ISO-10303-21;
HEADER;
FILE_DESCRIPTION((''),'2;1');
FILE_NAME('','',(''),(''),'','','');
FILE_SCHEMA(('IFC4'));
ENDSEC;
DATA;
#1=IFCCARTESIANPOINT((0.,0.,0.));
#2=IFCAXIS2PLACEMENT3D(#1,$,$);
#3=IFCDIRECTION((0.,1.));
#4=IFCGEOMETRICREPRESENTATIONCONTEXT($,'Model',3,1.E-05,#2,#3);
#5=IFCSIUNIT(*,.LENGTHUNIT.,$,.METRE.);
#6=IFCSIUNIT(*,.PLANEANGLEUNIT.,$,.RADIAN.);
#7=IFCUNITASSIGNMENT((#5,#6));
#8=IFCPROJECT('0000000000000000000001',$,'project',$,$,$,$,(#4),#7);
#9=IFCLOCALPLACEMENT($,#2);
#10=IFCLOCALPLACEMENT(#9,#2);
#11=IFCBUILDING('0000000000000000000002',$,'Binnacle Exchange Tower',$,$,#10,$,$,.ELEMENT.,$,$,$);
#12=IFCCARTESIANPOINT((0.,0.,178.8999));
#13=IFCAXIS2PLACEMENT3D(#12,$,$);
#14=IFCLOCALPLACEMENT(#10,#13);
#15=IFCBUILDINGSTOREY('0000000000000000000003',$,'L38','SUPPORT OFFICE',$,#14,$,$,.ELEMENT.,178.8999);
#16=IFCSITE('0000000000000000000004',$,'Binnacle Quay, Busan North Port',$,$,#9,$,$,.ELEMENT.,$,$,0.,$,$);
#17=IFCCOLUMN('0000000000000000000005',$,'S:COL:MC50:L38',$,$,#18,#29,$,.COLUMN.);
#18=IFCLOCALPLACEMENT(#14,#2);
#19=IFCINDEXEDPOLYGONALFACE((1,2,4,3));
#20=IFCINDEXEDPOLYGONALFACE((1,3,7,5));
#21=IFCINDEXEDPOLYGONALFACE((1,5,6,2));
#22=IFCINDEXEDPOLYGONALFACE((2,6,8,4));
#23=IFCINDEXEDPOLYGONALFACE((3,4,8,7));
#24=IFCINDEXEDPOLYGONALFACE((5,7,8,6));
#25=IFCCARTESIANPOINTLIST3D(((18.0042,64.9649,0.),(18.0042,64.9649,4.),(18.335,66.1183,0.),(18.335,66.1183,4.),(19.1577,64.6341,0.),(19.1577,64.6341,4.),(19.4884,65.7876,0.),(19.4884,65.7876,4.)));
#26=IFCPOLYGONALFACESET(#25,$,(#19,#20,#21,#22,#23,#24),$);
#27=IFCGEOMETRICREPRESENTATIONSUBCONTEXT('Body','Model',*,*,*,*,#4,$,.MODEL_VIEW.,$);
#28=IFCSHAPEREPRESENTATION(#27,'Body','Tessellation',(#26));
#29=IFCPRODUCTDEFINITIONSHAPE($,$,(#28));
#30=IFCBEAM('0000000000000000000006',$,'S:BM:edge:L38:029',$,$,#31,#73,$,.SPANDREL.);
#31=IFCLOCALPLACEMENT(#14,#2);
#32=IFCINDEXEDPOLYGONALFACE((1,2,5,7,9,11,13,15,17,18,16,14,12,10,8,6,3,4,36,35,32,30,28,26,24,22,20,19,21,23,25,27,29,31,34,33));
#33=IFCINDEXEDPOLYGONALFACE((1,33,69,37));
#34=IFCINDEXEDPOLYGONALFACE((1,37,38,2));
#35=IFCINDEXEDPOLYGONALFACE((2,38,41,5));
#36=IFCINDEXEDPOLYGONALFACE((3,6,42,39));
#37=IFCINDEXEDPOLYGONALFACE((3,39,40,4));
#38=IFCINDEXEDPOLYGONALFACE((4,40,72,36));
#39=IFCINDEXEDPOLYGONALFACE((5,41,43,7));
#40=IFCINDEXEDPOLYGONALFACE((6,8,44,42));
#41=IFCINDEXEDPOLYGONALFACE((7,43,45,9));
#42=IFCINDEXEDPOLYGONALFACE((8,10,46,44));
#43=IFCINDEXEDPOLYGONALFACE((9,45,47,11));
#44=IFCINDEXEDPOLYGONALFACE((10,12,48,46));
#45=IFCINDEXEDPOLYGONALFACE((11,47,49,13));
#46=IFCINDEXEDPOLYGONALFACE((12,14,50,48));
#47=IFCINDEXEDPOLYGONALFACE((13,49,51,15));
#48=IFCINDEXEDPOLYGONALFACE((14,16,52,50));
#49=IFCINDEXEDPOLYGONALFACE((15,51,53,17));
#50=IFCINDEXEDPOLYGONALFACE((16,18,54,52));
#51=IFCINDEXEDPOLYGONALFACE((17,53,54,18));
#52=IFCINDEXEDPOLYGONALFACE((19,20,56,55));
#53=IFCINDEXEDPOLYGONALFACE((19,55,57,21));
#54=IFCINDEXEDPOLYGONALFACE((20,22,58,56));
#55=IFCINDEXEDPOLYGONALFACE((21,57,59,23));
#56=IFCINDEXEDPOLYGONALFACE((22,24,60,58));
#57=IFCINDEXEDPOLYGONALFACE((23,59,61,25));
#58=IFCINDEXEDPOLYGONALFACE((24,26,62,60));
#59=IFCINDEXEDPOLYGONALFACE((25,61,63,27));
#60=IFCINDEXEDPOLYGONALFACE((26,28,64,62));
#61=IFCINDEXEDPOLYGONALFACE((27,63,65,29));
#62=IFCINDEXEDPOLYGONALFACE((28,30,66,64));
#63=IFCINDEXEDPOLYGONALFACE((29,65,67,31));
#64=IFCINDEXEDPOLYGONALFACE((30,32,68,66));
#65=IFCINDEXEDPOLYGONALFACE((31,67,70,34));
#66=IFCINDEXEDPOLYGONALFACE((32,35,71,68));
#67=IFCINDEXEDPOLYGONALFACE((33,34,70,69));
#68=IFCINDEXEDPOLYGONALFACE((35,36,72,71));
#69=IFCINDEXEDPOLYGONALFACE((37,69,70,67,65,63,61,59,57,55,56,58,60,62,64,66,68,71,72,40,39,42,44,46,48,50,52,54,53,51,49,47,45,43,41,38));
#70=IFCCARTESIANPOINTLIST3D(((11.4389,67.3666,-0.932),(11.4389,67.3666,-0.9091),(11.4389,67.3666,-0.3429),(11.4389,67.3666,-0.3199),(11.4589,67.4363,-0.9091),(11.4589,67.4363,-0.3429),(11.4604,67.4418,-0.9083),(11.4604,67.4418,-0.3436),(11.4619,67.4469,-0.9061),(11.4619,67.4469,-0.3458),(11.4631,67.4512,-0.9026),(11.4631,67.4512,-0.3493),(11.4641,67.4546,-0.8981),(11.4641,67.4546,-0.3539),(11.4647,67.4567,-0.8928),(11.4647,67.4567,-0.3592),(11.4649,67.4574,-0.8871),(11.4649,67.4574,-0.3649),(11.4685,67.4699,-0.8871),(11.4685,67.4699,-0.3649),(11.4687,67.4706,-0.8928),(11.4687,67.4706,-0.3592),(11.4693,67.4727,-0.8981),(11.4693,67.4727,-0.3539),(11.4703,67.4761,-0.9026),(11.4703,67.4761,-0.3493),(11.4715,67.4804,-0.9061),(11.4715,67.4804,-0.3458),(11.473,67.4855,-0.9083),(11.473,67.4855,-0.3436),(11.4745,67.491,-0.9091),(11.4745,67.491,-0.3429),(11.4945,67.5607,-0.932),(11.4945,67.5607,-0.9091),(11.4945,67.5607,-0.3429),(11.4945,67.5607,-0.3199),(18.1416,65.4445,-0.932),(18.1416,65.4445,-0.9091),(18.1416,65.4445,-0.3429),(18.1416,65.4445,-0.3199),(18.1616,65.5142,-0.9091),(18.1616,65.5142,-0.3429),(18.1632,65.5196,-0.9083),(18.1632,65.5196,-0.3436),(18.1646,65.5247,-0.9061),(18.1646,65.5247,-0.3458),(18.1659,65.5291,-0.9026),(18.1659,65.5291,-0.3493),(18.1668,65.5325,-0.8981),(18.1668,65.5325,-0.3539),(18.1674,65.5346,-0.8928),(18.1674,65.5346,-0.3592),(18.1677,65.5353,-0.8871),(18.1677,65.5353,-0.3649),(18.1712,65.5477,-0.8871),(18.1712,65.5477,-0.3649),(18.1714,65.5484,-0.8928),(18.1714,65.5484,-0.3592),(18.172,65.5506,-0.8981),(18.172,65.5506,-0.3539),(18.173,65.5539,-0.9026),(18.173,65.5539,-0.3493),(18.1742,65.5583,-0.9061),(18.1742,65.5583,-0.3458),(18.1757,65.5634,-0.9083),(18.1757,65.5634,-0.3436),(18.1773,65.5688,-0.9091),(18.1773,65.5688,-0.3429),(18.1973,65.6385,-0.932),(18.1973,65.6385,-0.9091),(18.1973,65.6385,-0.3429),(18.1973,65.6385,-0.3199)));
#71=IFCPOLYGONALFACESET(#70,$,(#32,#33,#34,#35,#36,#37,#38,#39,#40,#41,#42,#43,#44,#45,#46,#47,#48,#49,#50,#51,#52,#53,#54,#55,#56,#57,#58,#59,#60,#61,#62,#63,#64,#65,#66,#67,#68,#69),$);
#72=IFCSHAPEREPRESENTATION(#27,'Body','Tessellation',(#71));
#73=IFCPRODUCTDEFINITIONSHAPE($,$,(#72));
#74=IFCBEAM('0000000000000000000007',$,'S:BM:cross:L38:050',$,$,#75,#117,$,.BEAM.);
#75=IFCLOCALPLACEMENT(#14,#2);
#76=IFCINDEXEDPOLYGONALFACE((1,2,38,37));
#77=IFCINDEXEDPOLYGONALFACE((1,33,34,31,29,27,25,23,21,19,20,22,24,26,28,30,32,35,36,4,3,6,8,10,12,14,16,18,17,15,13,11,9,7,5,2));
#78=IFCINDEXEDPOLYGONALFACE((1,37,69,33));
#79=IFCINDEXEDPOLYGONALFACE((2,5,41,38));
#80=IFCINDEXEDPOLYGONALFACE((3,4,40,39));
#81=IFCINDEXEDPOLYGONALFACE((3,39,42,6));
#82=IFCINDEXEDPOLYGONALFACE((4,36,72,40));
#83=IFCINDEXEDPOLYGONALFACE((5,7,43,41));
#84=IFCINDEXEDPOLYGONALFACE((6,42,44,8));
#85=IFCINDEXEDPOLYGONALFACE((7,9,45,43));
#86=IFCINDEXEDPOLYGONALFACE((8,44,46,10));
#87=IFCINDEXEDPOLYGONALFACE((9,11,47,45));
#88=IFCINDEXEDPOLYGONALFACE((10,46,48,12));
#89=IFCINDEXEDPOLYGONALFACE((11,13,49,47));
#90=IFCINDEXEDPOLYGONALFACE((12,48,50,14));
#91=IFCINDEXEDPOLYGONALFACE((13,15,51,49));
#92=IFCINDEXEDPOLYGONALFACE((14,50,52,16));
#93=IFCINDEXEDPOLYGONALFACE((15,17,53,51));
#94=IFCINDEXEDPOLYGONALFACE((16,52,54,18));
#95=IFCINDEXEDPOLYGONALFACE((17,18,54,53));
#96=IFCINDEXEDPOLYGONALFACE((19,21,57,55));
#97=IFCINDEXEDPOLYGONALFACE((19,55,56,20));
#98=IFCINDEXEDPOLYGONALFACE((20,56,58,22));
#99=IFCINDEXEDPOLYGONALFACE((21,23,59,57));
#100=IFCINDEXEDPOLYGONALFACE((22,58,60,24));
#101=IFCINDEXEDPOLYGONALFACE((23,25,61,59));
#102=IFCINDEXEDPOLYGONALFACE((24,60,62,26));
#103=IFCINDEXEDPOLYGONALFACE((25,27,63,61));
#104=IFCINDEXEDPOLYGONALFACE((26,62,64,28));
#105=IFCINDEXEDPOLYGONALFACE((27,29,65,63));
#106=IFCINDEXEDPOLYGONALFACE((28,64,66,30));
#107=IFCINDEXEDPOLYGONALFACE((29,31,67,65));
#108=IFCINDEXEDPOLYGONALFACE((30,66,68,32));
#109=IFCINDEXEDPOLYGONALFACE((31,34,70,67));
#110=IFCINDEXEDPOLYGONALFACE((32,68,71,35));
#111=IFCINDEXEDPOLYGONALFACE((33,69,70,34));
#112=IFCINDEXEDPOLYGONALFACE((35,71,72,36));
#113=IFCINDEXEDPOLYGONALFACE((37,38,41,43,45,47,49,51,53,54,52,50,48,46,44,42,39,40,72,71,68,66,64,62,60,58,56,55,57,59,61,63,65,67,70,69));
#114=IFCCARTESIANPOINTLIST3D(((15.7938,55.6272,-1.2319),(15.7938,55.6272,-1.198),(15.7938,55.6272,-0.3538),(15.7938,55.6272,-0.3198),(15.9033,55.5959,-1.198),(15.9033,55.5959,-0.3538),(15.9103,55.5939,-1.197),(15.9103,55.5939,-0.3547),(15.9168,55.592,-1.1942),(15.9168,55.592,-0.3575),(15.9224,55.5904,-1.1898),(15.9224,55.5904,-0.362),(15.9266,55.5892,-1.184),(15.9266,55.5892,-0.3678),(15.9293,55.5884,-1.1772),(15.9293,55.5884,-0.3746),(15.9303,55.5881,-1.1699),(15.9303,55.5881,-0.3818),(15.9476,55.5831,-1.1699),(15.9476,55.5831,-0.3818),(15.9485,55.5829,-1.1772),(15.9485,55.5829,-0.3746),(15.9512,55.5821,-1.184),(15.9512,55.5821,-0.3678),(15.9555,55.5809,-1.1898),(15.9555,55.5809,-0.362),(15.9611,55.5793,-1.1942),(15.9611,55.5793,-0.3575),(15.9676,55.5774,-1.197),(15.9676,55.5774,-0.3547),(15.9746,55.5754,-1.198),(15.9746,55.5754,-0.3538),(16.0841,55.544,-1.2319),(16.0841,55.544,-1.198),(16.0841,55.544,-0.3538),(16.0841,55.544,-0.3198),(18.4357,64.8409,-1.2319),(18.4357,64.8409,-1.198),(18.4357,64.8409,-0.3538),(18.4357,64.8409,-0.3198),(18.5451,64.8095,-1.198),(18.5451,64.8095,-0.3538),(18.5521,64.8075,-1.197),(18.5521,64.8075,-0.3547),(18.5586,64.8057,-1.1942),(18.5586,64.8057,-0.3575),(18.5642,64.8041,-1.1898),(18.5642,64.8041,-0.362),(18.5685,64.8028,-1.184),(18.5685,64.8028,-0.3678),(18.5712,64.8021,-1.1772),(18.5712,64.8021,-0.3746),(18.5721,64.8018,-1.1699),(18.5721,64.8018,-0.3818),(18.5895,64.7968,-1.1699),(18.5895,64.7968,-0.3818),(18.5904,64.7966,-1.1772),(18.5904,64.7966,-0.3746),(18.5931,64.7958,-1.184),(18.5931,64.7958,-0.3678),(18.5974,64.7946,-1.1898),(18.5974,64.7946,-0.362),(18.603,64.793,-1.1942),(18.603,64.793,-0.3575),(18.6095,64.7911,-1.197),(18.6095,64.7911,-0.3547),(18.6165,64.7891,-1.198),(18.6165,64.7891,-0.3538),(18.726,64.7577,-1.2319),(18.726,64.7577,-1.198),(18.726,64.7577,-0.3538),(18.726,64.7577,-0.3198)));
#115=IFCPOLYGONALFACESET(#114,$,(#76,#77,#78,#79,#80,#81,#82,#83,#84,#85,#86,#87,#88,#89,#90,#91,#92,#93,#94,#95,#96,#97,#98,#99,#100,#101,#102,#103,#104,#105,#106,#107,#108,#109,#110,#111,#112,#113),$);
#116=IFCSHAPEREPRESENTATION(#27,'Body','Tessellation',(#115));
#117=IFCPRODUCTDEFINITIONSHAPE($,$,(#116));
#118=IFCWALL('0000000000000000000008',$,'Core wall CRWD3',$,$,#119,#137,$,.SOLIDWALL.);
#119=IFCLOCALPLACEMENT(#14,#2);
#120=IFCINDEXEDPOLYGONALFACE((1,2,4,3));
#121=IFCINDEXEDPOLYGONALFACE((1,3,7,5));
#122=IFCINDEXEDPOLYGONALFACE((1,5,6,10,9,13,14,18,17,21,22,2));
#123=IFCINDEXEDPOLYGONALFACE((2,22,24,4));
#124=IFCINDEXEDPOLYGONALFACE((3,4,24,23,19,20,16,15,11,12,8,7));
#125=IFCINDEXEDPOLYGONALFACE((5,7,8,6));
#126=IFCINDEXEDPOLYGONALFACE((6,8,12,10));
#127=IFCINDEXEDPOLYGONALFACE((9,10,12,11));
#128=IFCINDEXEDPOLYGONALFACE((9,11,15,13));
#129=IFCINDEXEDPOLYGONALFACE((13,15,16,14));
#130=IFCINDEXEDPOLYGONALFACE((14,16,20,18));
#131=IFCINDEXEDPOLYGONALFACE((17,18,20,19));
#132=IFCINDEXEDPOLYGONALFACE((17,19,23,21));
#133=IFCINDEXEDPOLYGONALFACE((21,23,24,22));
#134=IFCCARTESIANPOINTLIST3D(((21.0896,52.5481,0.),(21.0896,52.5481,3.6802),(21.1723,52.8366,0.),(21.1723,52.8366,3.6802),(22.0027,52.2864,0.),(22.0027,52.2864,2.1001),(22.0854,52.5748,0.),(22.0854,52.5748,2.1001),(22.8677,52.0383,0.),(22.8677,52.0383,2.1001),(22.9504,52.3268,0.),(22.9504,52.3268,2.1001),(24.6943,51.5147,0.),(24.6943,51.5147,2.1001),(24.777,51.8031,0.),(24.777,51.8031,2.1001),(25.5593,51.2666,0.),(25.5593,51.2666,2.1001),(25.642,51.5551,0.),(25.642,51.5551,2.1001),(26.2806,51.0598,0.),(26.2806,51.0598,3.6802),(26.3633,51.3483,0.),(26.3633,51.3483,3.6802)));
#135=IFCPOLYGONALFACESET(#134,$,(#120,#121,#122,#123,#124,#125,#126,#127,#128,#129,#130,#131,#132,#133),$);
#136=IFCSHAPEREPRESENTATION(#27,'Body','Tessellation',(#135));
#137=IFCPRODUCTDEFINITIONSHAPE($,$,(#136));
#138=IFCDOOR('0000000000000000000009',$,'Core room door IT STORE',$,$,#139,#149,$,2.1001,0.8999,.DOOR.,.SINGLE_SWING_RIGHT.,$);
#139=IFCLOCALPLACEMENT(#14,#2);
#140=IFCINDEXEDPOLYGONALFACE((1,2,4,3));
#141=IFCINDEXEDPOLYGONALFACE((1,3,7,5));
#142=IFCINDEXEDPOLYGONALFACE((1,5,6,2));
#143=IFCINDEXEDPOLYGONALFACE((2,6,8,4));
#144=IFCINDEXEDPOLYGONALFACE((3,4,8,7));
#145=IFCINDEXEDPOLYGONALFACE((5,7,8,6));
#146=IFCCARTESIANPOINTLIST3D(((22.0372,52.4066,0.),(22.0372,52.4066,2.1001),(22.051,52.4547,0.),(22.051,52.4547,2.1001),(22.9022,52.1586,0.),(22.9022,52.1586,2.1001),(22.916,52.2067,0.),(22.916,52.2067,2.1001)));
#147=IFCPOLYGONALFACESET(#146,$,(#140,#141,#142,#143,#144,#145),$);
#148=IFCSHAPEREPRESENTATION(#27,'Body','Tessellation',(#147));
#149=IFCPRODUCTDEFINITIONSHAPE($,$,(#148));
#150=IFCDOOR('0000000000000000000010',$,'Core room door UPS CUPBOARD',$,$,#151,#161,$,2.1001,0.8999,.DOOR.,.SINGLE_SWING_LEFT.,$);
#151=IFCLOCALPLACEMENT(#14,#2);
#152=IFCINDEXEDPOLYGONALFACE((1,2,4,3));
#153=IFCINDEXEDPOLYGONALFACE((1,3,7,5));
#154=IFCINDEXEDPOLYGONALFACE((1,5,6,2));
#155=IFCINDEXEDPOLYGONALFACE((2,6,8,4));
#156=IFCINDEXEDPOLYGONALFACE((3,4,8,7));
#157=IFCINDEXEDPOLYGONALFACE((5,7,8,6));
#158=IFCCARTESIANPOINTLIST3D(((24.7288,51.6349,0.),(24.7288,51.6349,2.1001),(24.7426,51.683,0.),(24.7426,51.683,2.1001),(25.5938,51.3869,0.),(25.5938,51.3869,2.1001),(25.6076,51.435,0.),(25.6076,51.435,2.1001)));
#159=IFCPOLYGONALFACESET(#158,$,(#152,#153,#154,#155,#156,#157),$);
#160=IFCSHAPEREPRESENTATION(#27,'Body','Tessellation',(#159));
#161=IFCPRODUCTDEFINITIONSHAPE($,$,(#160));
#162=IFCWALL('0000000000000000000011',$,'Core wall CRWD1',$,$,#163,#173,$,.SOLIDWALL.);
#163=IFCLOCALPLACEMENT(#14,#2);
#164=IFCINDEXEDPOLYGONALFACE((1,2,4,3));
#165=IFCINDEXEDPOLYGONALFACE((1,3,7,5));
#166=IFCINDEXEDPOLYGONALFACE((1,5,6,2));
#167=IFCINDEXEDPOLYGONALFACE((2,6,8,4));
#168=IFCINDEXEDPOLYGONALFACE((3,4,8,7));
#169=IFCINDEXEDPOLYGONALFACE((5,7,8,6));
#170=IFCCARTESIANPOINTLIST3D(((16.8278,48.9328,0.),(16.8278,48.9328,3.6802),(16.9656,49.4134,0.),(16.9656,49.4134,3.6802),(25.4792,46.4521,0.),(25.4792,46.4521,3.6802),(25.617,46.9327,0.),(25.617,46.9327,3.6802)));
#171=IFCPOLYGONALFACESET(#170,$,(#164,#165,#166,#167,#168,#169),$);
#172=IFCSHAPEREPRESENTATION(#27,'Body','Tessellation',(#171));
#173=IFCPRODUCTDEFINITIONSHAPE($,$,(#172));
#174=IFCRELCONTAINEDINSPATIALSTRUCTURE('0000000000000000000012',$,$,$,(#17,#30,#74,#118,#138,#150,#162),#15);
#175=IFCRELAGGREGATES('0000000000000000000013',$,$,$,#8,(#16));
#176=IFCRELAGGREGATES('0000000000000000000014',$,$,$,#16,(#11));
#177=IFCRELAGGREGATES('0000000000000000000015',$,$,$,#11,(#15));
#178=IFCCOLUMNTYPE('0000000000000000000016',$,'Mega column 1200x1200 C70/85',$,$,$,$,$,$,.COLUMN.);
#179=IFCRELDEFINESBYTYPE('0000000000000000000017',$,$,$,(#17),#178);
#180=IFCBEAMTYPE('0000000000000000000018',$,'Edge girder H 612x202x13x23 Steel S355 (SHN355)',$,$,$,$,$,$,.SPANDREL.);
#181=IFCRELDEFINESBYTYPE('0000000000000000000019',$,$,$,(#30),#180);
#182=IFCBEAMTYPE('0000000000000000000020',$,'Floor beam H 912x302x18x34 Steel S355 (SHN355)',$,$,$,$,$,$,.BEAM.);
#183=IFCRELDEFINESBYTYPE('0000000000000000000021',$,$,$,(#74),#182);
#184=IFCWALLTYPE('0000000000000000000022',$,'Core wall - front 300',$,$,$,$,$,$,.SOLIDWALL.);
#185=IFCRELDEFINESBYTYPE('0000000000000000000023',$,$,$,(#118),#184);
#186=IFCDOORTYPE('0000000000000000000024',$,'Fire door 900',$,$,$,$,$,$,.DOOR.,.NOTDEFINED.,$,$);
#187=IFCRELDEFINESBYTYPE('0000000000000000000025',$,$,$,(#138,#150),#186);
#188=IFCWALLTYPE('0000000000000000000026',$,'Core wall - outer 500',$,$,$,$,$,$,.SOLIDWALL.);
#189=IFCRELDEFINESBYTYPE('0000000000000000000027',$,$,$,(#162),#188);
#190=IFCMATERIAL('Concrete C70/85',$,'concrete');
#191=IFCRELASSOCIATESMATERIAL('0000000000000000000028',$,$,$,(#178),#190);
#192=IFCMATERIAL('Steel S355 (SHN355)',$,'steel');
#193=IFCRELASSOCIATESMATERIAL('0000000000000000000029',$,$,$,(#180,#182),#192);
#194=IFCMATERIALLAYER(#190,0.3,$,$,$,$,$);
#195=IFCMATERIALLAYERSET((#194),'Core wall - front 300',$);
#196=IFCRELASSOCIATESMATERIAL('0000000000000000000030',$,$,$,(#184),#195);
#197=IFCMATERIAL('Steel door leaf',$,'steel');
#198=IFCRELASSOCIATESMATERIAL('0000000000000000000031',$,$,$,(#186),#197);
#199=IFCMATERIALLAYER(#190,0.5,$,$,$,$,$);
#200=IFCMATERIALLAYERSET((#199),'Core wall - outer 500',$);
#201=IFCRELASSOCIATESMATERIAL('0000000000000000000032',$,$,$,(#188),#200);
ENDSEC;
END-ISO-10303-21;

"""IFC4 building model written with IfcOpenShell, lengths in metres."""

from ifc_helpers import new_model, si_unit, direction, frame, frame_2d, origin, origin_2d, place, context, subcontext, project, spatial, rectangle, i_section, extrude, material, layer, layer_set, material_profile, profile_set, type_object, element, fill, save


model = new_model("IFC4")

# Units and contexts
model_context = context("Model", 3, precision=1e-05, world=origin(), true_north=direction((0.0, 1.0)))
body_context = subcontext(model_context, "Body", "Model", "MODEL_VIEW")
ifc_project = project(units=[si_unit("LENGTHUNIT", "METRE"), si_unit("PLANEANGLEUNIT", "RADIAN")], contexts=[model_context])

# Site, building, storey
site_placement = place(None, origin())
site = spatial("IfcSite", under=ifc_project, at=site_placement, Name="Binnacle Quay, Busan North Port", CompositionType="ELEMENT", RefElevation=0.0)
building_placement = place(site_placement, origin())
building = spatial("IfcBuilding", under=site, at=building_placement, Name="Binnacle Exchange Tower", CompositionType="ELEMENT")
storey_placement = place(building_placement, frame((0.0, 0.0, 178.8999)))
storey = spatial("IfcBuildingStorey", under=building, at=storey_placement, Name="L38", Description="SUPPORT OFFICE", CompositionType="ELEMENT", Elevation=178.8999)

# Column
ifc_material_1 = material(Name="Concrete C70/85", Category="concrete")
ifc_material_profile_1 = material_profile(ifc_material_1, rectangle(XDim=1.2, YDim=1.2, at=origin_2d()), Name="Mega column 1200x1200 C70/85")
ifc_profile_set_1 = profile_set([ifc_material_profile_1], Name="Concrete C70/85")
column_type = type_object("IfcColumnType", Name="Mega column 1200x1200 C70/85", PredefinedType="COLUMN", material=ifc_profile_set_1)
column_placement = place(storey_placement, frame((18.7463, 65.3762, 0.0), z_axis=(0.0, 0.0, 1.0), x_axis=(-0.961262, 0.275637, 0.0)))
element("IfcColumn", 1, at=column_placement, inside=storey, type_object=column_type, Name="S:COL:MC50:L38", PredefinedType="COLUMN", context=body_context, shape_type="SweptSolid", body=[
    extrude(rectangle(XDim=1.2, YDim=1.2, at=origin_2d()), origin(), (0.0, 0.0, 1.0), 4.0),
])

# Beams
ifc_material_2 = material(Name="Steel S355 (SHN355)", Category="steel")
ifc_material_profile_2 = material_profile(ifc_material_2, i_section(OverallWidth=0.2019, OverallDepth=0.6121, WebThickness=0.0129, FlangeThickness=0.0229, FilletRadius=0.022, at=origin_2d()), Name="H 612x202x13x23")
ifc_profile_set_2 = profile_set([ifc_material_profile_2], Name="Steel S355 (SHN355)")
beam_type_1 = type_object("IfcBeamType", Name="Edge girder H 612x202x13x23 Steel S355 (SHN355)", PredefinedType="SPANDREL", material=ifc_profile_set_2)
beam_1_placement = place(storey_placement, frame((18.1694, 65.5415, -0.626), z_axis=(-0.961255, 0.27566, 0.0), x_axis=(-0.27566, -0.961255, 0.0)))
element("IfcBeam", 2, at=beam_1_placement, inside=storey, type_object=beam_type_1, Name="S:BM:edge:L38:029", PredefinedType="SPANDREL", context=body_context, shape_type="SweptSolid", body=[
    extrude(i_section(OverallWidth=0.2019, OverallDepth=0.6121, WebThickness=0.0129, FlangeThickness=0.0229, FilletRadius=0.022, at=origin_2d()), origin(), (0.0, 0.0, 1.0), 6.9729),
])
ifc_material_profile_3 = material_profile(ifc_material_2, i_section(OverallWidth=0.302, OverallDepth=0.9121, WebThickness=0.0181, FlangeThickness=0.0339, FilletRadius=0.0281, at=origin_2d()), Name="H 912x302x18x34")
ifc_profile_set_3 = profile_set([ifc_material_profile_3], Name="Steel S355 (SHN355)")
beam_type_2 = type_object("IfcBeamType", Name="Floor beam H 912x302x18x34 Steel S355 (SHN355)", PredefinedType="BEAM", material=ifc_profile_set_3)
beam_2_placement = place(storey_placement, frame((18.5808, 64.7993, -0.7759), z_axis=(-0.275626, -0.961265, 0.0), x_axis=(0.961265, -0.275626, 0.0)))
element("IfcBeam", 3, at=beam_2_placement, inside=storey, type_object=beam_type_2, Name="S:BM:cross:L38:050", PredefinedType="BEAM", context=body_context, shape_type="SweptSolid", body=[
    extrude(i_section(OverallWidth=0.302, OverallDepth=0.9121, WebThickness=0.0181, FlangeThickness=0.0339, FilletRadius=0.0281, at=origin_2d()), origin(), (0.0, 0.0, 1.0), 9.585),
])

# Wall, openings, doors
ifc_layer_1 = layer(ifc_material_1, 0.3)
ifc_layer_set_1 = layer_set([ifc_layer_1], Name="Core wall - front 300")
wall_type_1 = type_object("IfcWallType", Name="Core wall - front 300", PredefinedType="SOLIDWALL", material=ifc_layer_set_1)
wall_1_placement = place(storey_placement, frame((21.1309, 52.6924, 0.0), z_axis=(0.0, 0.0, 1.0), x_axis=(0.961271, -0.275605, 0.0)))
wall_1 = element("IfcWall", 4, at=wall_1_placement, inside=storey, type_object=wall_type_1, Name="Core wall CRWD3", PredefinedType="SOLIDWALL", context=body_context, shape_type="SweptSolid", body=[
    extrude(rectangle(XDim=5.4001, YDim=0.3, at=frame_2d((2.7002, 0.0))), origin(), (0.0, 0.0, 1.0), 3.6802),
])
opening_1_placement = place(wall_1_placement, frame((0.95, 0.0, 0.0)))
opening_1 = element("IfcOpeningElement", 5, at=opening_1_placement, cuts=wall_1, PredefinedType="OPENING", context=body_context, shape_type="SweptSolid", body=[
    extrude(rectangle(XDim=0.8999, YDim=2.1001, at=frame_2d((0.45, 1.05))), frame((0.0, 0.1599, 0.0), z_axis=(0.0, -1.0, 0.0), x_axis=(1.0, 0.0, 0.0)), (0.0, 0.0, 1.0), 0.3201),
])
opening_2_placement = place(wall_1_placement, frame((3.75, 0.0, 0.0)))
opening_2 = element("IfcOpeningElement", 6, at=opening_2_placement, cuts=wall_1, PredefinedType="OPENING", context=body_context, shape_type="SweptSolid", body=[
    extrude(rectangle(XDim=0.8999, YDim=2.1001, at=frame_2d((0.45, 1.05))), frame((0.0, 0.1599, 0.0), z_axis=(0.0, -1.0, 0.0), x_axis=(1.0, 0.0, 0.0)), (0.0, 0.0, 1.0), 0.3201),
])
ifc_material_3 = material(Name="Steel door leaf", Category="steel")
door_type_1 = type_object("IfcDoorType", Name="Fire door 900", OperationType="NOTDEFINED", PredefinedType="DOOR", material=ifc_material_3)
door_1_placement = place(opening_1_placement, frame((0.8999, 0.0, 0.0), z_axis=(0.0, 0.0, 1.0), x_axis=(-1.0, 0.0, 0.0)))
door_1 = element("IfcDoor", 7, at=door_1_placement, inside=storey, type_object=door_type_1, Name="Core room door IT STORE", OperationType="SINGLE_SWING_RIGHT", OverallHeight=2.1001, OverallWidth=0.8999, PredefinedType="DOOR", context=body_context, shape_type="SweptSolid", body=[
    extrude(rectangle(XDim=0.8999, YDim=2.1001, at=frame_2d((0.45, 1.05))), frame((0.0, 0.0249, 0.0), z_axis=(0.0, -1.0, 0.0), x_axis=(1.0, 0.0, 0.0)), (0.0, 0.0, 1.0), 0.05),
])
fill(opening_1, door_1)
door_2_placement = place(opening_2_placement, frame((0.8999, 0.0, 0.0), z_axis=(0.0, 0.0, 1.0), x_axis=(-1.0, 0.0, 0.0)))
door_2 = element("IfcDoor", 8, at=door_2_placement, inside=storey, type_object=door_type_1, Name="Core room door UPS CUPBOARD", OperationType="SINGLE_SWING_LEFT", OverallHeight=2.1001, OverallWidth=0.8999, PredefinedType="DOOR", context=body_context, shape_type="SweptSolid", body=[
    extrude(rectangle(XDim=0.8999, YDim=2.1001, at=frame_2d((0.45, 1.05))), frame((0.0, 0.0249, 0.0), z_axis=(0.0, -1.0, 0.0), x_axis=(1.0, 0.0, 0.0)), (0.0, 0.0, 1.0), 0.05),
])
fill(opening_2, door_2)

# Wall
ifc_layer_2 = layer(ifc_material_1, 0.5)
ifc_layer_set_2 = layer_set([ifc_layer_2], Name="Core wall - outer 500")
wall_type_2 = type_object("IfcWallType", Name="Core wall - outer 500", PredefinedType="SOLIDWALL", material=ifc_layer_set_2)
for number, where, z_axis, x_axis, name in (
    (9, (16.8967, 49.1731, 0.0), (0.0, 0.0, 1.0), (0.961262, -0.275635, 0.0), "Core wall CRWD1"),
):
    element("IfcWall", number, at=place(storey_placement, frame(where, z_axis=z_axis, x_axis=x_axis)), inside=storey, type_object=wall_type_2, Name=name, PredefinedType="SOLIDWALL", context=body_context, shape_type="SweptSolid", body=[
        extrude(rectangle(XDim=9.0, YDim=0.5, at=frame_2d((4.5, 0.0))), origin(), (0.0, 0.0, 1.0), 3.6802),
    ])

save(model, "model.ifc")
